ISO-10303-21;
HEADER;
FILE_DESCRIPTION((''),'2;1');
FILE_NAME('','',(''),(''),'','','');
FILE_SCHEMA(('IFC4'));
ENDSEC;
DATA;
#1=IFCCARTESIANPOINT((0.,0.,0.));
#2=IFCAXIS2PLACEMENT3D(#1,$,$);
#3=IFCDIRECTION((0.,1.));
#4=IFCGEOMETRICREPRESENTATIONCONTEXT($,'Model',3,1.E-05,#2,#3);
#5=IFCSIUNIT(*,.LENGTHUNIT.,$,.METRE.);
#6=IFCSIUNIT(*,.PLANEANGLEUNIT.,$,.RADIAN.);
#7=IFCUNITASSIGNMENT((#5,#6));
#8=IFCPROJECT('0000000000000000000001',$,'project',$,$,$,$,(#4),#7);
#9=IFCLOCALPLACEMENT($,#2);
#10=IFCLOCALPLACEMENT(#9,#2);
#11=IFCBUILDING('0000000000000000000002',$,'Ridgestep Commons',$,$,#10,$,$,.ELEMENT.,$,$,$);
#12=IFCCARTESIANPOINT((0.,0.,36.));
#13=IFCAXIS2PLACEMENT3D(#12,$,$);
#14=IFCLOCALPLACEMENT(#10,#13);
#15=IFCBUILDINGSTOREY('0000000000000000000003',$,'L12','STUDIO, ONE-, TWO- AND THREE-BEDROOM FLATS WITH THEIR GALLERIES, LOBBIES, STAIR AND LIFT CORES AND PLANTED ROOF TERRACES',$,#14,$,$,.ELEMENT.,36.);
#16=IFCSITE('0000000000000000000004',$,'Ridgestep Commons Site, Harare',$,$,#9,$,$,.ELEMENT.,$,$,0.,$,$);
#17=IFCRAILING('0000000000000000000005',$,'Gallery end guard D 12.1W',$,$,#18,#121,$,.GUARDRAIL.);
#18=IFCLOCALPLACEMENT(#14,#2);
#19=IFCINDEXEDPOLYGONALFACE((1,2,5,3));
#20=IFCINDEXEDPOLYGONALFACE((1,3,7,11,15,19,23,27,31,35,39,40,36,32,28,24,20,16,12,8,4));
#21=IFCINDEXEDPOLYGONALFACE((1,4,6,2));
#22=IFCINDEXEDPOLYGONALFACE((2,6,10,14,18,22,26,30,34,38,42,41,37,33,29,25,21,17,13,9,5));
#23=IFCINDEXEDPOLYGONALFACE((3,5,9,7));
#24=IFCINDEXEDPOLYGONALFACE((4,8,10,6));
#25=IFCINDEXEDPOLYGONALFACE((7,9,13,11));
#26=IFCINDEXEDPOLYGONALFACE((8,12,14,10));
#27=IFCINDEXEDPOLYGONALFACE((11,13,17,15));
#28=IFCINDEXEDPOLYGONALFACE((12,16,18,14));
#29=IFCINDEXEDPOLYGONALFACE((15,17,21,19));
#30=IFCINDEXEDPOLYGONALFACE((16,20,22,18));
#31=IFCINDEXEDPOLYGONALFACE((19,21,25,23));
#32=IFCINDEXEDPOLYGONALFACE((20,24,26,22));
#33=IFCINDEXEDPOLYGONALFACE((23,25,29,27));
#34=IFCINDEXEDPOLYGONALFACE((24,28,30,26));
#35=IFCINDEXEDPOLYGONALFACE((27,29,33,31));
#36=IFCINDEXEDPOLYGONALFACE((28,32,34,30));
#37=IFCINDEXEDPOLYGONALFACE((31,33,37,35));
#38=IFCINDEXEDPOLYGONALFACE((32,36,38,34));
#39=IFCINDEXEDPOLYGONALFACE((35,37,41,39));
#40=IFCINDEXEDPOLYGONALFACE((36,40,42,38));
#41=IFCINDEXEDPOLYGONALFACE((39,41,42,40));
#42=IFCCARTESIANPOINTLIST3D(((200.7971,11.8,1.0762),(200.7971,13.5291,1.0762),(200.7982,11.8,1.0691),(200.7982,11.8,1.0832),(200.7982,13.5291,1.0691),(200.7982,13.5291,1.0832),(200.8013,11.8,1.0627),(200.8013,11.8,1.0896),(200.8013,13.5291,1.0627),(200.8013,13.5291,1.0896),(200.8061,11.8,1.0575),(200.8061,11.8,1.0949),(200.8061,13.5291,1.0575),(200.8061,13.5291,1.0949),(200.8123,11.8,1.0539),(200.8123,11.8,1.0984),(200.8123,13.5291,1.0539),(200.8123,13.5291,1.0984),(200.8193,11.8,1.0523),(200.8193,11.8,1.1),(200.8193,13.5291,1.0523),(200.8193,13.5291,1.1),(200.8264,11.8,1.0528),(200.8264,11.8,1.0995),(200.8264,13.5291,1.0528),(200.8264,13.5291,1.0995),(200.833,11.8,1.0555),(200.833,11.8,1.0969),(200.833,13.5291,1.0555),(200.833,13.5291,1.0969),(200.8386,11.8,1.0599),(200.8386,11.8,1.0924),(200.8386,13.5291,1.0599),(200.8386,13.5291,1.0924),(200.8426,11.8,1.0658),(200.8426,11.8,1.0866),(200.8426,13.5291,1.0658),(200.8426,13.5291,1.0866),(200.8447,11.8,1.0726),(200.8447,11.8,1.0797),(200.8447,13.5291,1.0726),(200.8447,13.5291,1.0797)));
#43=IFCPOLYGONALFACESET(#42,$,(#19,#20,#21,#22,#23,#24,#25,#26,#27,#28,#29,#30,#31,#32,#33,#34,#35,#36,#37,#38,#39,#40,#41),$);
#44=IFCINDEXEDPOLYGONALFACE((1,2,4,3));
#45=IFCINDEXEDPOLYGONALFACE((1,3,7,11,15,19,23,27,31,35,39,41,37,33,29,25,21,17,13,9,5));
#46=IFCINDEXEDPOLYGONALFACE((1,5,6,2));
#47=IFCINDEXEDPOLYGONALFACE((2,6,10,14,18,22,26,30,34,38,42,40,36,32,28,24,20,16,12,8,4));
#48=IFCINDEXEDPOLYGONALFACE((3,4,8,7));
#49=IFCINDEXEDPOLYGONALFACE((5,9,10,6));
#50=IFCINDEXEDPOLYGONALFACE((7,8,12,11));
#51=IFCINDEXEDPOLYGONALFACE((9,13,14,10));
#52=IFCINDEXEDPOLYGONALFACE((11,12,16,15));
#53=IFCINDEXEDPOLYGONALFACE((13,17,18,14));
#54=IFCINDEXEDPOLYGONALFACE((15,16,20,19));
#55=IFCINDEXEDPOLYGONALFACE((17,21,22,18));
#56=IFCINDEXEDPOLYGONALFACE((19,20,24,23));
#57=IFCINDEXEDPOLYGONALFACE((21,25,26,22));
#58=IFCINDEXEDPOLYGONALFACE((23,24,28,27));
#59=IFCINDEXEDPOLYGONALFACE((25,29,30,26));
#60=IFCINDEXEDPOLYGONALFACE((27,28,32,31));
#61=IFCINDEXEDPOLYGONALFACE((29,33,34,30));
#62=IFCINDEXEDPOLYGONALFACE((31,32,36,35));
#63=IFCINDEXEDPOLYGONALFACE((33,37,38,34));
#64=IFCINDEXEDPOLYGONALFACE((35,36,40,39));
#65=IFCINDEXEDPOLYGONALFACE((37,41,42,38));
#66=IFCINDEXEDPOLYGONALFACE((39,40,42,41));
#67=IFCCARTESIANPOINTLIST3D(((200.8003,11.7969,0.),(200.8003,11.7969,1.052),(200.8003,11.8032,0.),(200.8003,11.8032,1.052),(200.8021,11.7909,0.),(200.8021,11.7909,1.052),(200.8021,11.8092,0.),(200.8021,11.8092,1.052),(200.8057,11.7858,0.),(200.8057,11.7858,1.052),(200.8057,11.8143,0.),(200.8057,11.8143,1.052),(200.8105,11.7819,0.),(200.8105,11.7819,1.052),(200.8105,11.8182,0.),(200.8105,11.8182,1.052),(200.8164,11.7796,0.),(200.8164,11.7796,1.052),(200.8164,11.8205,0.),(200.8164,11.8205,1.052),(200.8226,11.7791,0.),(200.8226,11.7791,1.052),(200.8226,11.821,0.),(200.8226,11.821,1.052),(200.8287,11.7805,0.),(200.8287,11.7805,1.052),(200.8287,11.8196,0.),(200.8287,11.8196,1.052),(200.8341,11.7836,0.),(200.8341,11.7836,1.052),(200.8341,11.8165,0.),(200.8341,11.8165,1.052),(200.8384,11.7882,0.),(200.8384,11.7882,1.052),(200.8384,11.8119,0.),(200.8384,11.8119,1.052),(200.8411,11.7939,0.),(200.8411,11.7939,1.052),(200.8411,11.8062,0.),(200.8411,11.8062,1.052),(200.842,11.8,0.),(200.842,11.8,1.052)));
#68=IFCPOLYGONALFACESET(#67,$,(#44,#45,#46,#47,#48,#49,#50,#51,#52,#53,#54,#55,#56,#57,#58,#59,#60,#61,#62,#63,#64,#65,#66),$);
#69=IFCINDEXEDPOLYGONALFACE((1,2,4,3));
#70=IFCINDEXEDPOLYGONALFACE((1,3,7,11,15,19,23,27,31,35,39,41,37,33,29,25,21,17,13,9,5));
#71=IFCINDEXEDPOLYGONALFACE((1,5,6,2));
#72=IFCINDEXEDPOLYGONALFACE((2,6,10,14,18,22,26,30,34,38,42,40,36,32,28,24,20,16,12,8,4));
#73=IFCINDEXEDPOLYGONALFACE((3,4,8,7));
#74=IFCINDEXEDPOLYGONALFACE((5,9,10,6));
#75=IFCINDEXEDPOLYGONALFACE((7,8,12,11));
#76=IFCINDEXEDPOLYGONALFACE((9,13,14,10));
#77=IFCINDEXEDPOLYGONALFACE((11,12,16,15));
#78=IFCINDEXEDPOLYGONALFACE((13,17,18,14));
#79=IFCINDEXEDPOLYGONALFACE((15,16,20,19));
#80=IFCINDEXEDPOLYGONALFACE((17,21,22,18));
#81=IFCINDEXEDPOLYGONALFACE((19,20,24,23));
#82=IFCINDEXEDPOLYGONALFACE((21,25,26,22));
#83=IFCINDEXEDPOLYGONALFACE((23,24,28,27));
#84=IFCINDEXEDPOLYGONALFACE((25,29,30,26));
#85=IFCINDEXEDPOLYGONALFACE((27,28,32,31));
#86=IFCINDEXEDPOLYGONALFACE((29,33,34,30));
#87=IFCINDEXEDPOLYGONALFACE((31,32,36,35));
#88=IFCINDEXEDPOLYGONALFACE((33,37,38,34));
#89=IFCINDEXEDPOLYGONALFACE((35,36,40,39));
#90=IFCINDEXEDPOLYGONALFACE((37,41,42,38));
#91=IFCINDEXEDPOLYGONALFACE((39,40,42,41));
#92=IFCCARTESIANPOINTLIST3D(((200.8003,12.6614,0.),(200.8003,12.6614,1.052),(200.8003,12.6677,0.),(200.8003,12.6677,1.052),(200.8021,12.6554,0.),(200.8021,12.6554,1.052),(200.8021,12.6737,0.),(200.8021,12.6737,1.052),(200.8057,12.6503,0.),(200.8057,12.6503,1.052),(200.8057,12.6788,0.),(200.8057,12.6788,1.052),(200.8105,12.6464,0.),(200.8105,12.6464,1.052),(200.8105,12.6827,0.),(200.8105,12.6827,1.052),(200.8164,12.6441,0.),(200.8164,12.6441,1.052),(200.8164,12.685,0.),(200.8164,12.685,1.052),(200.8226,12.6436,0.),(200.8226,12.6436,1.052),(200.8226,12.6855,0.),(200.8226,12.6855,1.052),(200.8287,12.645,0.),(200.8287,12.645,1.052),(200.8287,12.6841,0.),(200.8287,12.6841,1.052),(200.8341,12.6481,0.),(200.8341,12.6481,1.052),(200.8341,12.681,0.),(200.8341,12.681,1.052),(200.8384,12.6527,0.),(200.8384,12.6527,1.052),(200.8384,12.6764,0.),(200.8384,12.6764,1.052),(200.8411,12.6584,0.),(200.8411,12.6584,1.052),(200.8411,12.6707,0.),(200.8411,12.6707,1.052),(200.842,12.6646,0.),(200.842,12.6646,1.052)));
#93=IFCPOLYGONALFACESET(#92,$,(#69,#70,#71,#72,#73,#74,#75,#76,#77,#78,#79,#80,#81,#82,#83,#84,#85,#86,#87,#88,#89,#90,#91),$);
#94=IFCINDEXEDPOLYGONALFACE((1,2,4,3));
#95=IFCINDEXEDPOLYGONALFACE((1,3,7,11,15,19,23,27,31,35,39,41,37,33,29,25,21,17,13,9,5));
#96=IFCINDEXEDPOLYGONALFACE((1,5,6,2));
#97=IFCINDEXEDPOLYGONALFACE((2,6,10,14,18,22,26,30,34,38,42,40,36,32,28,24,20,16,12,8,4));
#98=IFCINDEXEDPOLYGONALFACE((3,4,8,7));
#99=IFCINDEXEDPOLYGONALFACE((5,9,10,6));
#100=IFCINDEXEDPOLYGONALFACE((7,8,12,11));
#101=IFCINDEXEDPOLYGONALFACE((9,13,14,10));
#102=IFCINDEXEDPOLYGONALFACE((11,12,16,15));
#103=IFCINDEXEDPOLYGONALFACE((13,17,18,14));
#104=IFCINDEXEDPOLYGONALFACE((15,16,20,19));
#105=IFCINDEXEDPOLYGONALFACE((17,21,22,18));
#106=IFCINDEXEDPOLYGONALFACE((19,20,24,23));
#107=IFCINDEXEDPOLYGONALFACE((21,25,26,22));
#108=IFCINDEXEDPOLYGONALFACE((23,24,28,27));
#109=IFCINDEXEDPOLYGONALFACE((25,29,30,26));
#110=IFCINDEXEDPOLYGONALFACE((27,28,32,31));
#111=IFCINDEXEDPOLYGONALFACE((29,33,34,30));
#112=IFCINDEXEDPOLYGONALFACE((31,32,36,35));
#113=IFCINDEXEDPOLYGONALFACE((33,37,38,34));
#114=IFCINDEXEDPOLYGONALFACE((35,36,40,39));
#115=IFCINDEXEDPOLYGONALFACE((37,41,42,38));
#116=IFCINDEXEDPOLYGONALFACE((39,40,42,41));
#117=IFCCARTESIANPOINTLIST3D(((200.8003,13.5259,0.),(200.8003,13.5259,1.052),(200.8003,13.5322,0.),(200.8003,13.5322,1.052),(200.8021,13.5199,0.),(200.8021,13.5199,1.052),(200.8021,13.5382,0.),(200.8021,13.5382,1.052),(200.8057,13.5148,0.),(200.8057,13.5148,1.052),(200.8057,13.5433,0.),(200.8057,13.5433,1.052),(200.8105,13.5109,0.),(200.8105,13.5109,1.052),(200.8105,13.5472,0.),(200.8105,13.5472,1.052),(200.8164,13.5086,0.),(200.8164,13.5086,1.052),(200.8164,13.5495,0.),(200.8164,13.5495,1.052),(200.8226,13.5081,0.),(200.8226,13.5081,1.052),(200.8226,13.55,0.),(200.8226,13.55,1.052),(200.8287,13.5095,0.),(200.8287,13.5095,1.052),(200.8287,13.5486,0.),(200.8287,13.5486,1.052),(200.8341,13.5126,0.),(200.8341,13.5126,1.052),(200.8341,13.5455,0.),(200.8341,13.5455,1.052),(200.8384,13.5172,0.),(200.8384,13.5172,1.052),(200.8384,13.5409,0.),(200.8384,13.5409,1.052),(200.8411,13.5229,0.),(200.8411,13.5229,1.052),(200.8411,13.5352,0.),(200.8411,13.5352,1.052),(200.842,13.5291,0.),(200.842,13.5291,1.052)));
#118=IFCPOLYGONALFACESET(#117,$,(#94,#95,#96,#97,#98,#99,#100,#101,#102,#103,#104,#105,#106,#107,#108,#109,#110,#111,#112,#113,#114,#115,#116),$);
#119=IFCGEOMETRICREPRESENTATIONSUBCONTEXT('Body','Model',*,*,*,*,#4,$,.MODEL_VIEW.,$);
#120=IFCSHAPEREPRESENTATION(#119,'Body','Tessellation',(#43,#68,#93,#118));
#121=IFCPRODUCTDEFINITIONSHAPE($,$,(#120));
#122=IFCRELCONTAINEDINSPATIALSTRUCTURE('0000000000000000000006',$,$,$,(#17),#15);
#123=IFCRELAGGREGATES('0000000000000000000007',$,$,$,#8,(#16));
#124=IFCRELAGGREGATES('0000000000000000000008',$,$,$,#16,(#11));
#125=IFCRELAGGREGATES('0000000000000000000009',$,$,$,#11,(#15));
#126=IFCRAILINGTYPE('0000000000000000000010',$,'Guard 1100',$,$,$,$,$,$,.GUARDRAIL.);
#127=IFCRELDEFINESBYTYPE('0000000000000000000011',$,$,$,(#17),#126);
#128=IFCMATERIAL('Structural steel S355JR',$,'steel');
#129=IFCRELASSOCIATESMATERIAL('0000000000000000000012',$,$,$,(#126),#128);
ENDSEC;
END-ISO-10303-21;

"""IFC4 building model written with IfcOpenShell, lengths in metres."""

from ifc_helpers import new_model, si_unit, direction, frame, origin, origin_2d, place, context, subcontext, project, spatial, circle, extrude, material, type_object, element, save


model = new_model("IFC4")

# Units and contexts
model_context = context("Model", 3, precision=1e-05, world=origin(), true_north=direction((0.0, 1.0)))
body_context = subcontext(model_context, "Body", "Model", "MODEL_VIEW")
ifc_project = project(units=[si_unit("LENGTHUNIT", "METRE"), si_unit("PLANEANGLEUNIT", "RADIAN")], contexts=[model_context])

# Site, building, storey
site_placement = place(None, origin())
site = spatial("IfcSite", under=ifc_project, at=site_placement, Name="Ridgestep Commons Site, Harare", CompositionType="ELEMENT", RefElevation=0.0)
building_placement = place(site_placement, origin())
building = spatial("IfcBuilding", under=site, at=building_placement, Name="Ridgestep Commons", CompositionType="ELEMENT")
storey_placement = place(building_placement, frame((0.0, 0.0, 36.0)))
storey = spatial("IfcBuildingStorey", under=building, at=storey_placement, Name="L12", Description="STUDIO, ONE-, TWO- AND THREE-BEDROOM FLATS WITH THEIR GALLERIES, LOBBIES, STAIR AND LIFT CORES AND PLANTED ROOF TERRACES", CompositionType="ELEMENT", Elevation=36.0)

# Railing
ifc_material_1 = material(Name="Structural steel S355JR", Category="steel")
railing_type_1 = type_object("IfcRailingType", Name="Guard 1100", PredefinedType="GUARDRAIL", material=ifc_material_1)
railing_1_placement = place(storey_placement, frame((200.821, 11.8, 0.0)))
element("IfcRailing", 1, at=railing_1_placement, inside=storey, type_object=railing_type_1, Name="Gallery end guard D 12.1W", PredefinedType="GUARDRAIL", context=body_context, shape_type="SweptSolid", body=[
    extrude(circle(Radius=0.0239, at=origin_2d()), frame((0.0, 0.0, 1.0762), z_axis=(0.0, 1.0, 0.0), x_axis=(-1.0, 0.0, 0.0)), (0.0, 0.0, 1.0), 1.729),
    extrude(circle(Radius=0.021, at=origin_2d()), origin(), (0.0, 0.0, 1.0), 1.052),
    extrude(circle(Radius=0.021, at=origin_2d()), frame((0.0, 0.8645, 0.0)), (0.0, 0.0, 1.0), 1.052),
    extrude(circle(Radius=0.021, at=origin_2d()), frame((0.0, 1.729, 0.0)), (0.0, 0.0, 1.0), 1.052),
])

save(model, "model.ifc")
